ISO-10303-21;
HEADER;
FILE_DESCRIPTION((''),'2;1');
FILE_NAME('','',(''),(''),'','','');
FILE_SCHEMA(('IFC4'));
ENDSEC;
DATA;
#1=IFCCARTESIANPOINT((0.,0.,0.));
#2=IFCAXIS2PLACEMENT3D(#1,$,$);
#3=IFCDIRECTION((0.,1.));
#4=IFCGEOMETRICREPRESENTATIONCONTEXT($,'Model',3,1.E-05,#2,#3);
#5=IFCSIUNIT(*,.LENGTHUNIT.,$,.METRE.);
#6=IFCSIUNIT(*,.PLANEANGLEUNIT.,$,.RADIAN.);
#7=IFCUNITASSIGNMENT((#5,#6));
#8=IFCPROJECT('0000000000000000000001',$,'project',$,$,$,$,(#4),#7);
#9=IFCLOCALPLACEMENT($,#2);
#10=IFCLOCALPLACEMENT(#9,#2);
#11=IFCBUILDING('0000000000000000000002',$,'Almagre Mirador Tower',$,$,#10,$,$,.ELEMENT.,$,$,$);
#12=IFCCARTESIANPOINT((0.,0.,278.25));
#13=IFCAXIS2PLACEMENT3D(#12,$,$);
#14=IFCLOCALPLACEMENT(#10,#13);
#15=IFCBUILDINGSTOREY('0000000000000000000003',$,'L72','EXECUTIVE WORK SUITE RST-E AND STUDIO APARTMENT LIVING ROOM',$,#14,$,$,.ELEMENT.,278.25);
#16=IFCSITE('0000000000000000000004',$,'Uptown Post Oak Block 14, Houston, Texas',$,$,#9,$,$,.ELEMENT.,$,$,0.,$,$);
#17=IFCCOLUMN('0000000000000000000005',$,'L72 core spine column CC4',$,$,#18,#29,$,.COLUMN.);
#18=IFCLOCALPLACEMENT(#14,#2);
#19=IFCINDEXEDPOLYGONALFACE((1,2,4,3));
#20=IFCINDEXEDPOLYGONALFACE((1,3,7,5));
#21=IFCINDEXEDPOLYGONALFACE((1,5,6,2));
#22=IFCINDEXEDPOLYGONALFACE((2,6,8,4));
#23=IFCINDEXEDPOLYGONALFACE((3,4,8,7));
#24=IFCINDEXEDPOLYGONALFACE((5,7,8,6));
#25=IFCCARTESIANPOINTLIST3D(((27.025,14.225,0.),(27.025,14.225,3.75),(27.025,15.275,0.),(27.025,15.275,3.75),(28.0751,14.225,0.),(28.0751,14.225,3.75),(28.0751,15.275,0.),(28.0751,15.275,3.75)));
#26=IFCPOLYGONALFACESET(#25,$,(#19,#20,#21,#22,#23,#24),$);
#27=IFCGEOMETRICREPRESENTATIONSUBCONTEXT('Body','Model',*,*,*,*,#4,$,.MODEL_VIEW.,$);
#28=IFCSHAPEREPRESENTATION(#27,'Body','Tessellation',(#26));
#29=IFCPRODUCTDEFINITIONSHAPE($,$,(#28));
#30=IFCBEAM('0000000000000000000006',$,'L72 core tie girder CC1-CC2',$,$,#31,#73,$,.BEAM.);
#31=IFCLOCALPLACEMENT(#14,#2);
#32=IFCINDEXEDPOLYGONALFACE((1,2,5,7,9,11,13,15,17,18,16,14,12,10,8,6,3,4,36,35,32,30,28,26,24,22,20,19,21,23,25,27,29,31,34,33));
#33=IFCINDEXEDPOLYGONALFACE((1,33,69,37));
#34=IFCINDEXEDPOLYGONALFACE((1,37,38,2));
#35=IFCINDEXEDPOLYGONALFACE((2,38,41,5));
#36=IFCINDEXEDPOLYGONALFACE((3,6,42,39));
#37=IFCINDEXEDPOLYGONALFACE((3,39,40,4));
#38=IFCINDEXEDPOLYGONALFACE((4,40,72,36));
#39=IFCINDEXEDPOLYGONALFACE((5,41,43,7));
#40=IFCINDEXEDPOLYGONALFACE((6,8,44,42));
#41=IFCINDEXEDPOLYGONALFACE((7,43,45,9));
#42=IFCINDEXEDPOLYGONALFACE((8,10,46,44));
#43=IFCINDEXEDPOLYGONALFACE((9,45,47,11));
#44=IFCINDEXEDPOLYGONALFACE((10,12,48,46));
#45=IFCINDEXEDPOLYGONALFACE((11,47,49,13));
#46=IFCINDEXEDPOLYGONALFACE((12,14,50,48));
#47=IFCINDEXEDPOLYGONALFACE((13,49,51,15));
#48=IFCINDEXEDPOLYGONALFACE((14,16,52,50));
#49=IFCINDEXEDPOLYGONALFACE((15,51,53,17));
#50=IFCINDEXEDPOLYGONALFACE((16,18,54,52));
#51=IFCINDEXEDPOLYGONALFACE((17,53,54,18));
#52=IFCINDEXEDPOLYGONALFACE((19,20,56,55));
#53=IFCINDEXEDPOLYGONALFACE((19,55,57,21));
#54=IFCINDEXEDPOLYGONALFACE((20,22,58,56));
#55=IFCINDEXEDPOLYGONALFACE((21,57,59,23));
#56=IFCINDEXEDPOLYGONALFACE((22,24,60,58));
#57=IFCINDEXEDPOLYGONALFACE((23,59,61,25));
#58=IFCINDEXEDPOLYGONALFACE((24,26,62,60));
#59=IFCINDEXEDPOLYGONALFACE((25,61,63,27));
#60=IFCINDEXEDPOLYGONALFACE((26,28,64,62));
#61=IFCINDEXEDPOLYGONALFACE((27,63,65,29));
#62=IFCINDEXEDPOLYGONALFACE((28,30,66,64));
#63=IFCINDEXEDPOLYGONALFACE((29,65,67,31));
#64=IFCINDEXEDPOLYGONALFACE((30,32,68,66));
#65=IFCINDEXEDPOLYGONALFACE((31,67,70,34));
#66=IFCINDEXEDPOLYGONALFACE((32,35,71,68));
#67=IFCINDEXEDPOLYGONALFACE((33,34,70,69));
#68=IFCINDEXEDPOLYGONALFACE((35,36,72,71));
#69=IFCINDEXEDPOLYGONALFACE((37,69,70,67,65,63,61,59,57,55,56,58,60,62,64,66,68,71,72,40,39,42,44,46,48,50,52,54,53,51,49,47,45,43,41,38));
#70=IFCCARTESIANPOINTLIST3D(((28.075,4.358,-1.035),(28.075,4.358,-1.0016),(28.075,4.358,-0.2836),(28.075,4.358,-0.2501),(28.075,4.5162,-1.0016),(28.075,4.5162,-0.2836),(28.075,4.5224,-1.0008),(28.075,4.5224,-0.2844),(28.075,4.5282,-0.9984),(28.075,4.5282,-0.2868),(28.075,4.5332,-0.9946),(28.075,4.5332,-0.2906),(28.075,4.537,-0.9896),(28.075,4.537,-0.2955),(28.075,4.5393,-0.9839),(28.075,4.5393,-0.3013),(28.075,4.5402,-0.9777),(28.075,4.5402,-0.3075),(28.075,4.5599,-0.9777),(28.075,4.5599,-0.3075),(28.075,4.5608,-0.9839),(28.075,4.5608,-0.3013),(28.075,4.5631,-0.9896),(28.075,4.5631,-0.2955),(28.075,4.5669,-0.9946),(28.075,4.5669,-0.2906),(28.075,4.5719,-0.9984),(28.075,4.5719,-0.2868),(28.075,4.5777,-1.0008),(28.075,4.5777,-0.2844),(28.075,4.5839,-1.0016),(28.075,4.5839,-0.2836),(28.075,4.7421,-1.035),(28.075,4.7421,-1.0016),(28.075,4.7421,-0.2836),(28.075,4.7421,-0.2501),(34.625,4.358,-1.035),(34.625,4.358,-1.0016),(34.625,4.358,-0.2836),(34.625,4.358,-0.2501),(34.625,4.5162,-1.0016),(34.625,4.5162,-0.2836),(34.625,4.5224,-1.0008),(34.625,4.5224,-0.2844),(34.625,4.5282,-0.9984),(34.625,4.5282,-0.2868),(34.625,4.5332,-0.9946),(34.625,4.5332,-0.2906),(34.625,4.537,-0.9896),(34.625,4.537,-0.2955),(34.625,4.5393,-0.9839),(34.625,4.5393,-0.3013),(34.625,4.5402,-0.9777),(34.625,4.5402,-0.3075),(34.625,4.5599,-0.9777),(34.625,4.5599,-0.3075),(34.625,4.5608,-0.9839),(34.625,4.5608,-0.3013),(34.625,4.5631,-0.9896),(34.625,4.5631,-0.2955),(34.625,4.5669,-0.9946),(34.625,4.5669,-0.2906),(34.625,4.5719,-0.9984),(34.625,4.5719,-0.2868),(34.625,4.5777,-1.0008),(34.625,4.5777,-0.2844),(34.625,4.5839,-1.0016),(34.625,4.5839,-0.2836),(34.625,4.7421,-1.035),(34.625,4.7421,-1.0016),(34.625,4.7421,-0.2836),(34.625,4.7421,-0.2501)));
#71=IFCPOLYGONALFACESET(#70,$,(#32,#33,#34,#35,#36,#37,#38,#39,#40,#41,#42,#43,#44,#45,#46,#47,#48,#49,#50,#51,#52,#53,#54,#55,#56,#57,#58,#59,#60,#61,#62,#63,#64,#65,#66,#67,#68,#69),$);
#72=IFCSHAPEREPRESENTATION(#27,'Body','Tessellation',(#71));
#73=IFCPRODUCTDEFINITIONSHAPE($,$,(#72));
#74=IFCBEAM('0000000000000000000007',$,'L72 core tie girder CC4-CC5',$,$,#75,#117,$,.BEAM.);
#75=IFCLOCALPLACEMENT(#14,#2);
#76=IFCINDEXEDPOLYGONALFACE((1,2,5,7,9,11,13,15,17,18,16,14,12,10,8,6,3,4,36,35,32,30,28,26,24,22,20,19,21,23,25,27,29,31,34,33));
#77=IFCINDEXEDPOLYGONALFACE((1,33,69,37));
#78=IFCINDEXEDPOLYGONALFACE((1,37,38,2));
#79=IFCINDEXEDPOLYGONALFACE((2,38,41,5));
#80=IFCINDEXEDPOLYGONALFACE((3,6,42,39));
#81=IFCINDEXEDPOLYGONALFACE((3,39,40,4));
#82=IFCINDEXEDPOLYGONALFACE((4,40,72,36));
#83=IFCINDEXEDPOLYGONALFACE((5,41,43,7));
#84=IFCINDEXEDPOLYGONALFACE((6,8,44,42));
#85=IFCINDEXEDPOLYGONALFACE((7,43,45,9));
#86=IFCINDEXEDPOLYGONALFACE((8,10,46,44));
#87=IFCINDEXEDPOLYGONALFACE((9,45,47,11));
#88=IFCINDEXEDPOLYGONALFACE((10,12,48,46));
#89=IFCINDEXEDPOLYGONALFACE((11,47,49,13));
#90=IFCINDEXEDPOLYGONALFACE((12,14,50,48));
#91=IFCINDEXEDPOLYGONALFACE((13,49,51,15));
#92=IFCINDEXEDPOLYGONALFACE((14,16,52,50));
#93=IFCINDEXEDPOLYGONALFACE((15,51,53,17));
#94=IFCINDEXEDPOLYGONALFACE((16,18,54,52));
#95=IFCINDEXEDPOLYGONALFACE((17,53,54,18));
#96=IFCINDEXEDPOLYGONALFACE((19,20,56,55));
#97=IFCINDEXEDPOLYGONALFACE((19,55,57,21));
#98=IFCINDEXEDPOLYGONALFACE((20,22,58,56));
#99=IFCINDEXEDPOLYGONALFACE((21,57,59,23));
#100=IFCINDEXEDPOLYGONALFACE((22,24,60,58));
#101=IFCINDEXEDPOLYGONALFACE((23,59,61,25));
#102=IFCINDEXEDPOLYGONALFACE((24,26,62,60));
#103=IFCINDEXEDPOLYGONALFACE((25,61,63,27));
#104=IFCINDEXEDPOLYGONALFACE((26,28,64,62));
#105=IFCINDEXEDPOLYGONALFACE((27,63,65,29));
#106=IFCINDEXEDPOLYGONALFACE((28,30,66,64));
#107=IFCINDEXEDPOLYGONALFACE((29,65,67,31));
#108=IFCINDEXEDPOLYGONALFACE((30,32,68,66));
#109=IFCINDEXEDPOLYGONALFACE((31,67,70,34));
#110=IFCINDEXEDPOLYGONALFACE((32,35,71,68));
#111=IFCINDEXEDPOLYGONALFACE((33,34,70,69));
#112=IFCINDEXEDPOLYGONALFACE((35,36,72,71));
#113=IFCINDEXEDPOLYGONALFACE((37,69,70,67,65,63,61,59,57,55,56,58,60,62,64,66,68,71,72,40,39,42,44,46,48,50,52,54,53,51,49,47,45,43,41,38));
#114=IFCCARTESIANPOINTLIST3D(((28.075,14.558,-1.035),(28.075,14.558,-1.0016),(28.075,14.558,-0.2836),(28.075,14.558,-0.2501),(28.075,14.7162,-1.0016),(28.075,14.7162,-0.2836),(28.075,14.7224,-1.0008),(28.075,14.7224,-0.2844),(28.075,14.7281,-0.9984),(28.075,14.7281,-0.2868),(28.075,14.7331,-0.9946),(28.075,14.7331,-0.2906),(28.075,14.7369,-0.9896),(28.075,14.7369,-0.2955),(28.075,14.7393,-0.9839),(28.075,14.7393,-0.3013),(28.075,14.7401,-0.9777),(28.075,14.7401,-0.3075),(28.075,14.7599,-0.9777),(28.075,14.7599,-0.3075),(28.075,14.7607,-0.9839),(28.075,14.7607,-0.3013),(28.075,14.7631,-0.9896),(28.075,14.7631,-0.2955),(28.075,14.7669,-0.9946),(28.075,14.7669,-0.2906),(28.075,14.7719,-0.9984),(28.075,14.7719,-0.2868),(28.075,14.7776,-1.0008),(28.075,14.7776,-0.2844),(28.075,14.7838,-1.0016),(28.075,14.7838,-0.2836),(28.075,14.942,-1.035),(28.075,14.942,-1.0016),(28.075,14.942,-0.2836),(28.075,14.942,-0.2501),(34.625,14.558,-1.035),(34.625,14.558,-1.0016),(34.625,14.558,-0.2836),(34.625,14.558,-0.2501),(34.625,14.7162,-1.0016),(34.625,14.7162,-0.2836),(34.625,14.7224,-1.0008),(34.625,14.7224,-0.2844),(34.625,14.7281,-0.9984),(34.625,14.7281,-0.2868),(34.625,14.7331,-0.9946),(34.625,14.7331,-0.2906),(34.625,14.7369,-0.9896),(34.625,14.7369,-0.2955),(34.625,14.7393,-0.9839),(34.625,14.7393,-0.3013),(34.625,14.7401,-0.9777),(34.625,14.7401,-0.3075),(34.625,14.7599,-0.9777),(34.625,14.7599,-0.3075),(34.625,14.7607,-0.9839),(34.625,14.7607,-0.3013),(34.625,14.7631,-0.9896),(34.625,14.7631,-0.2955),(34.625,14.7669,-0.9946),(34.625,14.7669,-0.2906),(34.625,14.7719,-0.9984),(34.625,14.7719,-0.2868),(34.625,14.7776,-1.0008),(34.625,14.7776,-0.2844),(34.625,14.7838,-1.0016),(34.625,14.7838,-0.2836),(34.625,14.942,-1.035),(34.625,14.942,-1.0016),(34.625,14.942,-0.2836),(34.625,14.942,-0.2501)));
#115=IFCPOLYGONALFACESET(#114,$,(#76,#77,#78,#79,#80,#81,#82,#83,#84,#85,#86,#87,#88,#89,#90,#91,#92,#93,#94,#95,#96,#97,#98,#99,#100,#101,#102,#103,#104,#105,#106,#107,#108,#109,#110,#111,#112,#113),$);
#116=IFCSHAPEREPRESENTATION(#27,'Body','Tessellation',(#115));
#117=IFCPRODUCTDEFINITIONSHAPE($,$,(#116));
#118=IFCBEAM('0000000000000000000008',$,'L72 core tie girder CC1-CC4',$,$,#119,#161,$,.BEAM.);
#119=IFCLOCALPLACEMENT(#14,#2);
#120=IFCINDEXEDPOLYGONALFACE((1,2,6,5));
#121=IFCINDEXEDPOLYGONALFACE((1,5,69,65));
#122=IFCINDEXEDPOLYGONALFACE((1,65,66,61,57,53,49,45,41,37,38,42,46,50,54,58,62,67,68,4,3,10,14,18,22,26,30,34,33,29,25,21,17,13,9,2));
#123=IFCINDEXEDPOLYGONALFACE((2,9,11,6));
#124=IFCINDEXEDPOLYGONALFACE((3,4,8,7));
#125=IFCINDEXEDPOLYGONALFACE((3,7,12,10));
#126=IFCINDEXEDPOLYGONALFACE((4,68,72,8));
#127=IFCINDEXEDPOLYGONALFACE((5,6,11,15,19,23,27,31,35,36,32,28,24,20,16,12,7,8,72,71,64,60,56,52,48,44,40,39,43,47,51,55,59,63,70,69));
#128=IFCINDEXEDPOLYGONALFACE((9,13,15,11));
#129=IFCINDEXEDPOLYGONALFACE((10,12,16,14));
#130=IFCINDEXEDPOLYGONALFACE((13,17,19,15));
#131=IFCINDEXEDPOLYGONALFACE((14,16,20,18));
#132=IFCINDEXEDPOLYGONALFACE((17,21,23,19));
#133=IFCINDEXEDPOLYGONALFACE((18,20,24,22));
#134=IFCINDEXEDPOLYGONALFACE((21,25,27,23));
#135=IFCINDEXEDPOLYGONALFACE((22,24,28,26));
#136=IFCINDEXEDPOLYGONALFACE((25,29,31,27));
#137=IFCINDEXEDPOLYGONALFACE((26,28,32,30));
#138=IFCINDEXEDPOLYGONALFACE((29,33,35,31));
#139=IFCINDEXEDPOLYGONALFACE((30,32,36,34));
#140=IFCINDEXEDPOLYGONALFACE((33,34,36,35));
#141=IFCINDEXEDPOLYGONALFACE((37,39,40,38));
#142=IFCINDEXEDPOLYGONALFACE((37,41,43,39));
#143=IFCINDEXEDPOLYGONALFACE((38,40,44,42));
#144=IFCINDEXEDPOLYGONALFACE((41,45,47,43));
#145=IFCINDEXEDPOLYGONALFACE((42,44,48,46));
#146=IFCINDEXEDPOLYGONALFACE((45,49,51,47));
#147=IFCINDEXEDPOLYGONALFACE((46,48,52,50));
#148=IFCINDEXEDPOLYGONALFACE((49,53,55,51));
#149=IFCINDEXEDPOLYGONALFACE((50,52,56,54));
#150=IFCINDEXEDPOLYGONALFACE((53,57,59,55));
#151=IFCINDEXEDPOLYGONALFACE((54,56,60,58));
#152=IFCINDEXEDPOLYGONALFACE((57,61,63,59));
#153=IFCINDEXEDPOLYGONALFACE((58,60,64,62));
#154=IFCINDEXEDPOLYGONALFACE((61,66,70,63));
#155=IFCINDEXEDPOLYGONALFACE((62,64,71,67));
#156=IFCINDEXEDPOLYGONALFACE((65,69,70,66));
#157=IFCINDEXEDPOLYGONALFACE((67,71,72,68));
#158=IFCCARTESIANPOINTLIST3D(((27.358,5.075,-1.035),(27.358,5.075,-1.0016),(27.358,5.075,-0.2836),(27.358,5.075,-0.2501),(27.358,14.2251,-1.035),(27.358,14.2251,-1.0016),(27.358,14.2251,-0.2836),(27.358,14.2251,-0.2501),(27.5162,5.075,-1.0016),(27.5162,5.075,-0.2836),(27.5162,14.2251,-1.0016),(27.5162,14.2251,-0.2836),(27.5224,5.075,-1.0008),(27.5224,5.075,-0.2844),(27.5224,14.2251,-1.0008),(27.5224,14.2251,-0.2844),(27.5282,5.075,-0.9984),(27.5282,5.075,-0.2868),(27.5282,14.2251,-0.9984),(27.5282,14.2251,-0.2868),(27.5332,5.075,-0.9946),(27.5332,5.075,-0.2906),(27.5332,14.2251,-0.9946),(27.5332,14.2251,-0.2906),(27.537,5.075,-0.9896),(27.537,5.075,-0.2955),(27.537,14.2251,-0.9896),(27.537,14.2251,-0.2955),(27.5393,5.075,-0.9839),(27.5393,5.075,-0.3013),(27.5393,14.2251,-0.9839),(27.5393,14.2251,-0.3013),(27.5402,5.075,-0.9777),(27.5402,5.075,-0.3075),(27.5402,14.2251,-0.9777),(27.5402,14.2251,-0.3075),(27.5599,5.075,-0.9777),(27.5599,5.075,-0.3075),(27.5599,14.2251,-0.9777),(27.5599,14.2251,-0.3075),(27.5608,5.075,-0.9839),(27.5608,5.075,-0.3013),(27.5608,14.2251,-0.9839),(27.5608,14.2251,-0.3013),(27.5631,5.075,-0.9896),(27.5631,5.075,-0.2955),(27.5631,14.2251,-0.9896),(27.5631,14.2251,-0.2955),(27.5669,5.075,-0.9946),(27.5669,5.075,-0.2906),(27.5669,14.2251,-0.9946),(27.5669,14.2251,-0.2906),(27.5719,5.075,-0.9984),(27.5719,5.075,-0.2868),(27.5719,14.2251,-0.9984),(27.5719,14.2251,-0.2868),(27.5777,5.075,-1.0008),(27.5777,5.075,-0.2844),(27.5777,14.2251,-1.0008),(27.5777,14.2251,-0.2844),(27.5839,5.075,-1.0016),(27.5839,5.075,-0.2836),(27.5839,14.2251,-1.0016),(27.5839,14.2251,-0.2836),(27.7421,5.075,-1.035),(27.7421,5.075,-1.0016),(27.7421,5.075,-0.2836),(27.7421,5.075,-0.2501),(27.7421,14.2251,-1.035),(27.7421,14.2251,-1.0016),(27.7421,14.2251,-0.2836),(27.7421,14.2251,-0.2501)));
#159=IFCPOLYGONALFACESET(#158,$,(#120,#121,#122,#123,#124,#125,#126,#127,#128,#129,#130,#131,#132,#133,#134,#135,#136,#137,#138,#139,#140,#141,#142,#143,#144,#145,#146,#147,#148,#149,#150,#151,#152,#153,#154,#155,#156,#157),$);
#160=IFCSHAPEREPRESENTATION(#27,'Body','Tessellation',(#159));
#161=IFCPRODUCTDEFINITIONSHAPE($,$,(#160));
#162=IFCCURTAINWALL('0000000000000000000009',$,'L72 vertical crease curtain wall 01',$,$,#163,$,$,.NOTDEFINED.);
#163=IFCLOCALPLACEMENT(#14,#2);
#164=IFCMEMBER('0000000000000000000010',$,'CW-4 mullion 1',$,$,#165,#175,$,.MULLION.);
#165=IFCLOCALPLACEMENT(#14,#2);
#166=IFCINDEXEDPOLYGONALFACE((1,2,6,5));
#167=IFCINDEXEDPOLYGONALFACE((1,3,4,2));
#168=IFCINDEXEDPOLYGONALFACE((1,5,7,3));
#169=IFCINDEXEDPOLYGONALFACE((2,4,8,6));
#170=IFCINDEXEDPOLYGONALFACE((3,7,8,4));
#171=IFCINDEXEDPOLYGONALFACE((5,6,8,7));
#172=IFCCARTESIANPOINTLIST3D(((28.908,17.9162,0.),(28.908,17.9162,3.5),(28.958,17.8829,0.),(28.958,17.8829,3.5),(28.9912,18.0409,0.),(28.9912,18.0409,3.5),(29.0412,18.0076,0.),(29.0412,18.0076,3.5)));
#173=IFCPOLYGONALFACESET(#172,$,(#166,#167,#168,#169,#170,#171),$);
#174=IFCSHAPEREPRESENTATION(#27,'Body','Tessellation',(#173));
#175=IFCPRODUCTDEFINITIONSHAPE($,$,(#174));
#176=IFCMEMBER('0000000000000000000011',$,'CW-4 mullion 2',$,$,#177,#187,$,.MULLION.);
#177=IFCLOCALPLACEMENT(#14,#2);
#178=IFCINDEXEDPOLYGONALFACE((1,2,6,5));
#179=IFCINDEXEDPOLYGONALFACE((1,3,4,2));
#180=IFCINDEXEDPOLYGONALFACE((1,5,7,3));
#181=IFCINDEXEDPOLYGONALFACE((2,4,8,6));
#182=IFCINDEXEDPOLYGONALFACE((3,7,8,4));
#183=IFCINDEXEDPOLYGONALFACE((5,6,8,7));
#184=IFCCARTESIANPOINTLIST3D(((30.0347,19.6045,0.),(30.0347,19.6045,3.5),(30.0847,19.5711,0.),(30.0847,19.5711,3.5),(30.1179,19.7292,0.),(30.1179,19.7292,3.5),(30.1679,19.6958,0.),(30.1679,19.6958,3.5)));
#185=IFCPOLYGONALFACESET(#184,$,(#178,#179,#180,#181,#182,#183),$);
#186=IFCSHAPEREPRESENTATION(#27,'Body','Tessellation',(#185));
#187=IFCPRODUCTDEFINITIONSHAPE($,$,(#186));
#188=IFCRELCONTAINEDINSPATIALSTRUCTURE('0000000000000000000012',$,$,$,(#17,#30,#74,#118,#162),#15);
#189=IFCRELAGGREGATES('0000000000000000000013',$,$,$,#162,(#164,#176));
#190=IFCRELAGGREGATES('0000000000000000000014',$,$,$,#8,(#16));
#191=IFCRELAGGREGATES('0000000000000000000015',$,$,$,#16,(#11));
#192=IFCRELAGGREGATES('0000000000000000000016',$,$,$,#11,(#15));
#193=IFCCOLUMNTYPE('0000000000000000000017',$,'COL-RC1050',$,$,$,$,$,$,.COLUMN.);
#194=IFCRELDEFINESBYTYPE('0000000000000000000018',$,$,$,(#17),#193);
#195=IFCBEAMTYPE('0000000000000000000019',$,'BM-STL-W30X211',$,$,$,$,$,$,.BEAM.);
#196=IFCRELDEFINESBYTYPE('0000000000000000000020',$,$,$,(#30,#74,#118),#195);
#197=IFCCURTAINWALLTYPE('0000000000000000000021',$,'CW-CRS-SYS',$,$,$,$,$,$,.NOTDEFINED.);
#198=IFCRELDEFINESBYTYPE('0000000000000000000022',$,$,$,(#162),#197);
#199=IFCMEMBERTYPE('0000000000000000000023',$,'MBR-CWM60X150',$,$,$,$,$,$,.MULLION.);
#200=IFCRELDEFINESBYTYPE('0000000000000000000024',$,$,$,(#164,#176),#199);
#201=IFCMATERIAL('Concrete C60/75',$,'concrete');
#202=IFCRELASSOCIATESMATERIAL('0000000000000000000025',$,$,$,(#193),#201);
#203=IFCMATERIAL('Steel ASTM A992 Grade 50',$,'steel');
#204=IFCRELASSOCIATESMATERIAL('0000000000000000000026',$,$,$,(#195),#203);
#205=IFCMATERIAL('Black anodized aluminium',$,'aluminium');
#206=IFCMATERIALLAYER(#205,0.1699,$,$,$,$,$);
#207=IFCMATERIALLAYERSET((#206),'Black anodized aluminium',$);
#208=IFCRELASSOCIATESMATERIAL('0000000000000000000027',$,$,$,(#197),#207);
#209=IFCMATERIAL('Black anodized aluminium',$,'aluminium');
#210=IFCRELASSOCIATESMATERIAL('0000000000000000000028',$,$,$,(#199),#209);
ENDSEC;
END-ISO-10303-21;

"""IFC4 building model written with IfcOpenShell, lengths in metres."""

from ifc_helpers import new_model, si_unit, direction, frame, origin, origin_2d, place, context, subcontext, project, spatial, rectangle, i_section, extrude, material, layer, layer_set, material_profile, profile_set, type_object, element, aggregate, save


model = new_model("IFC4")

# Units and contexts
model_context = context("Model", 3, precision=1e-05, world=origin(), true_north=direction((0.0, 1.0)))
body_context = subcontext(model_context, "Body", "Model", "MODEL_VIEW")
ifc_project = project(units=[si_unit("LENGTHUNIT", "METRE"), si_unit("PLANEANGLEUNIT", "RADIAN")], contexts=[model_context])

# Site, building, storey
site_placement = place(None, origin())
site = spatial("IfcSite", under=ifc_project, at=site_placement, Name="Uptown Post Oak Block 14, Houston, Texas", CompositionType="ELEMENT", RefElevation=0.0)
building_placement = place(site_placement, origin())
building = spatial("IfcBuilding", under=site, at=building_placement, Name="Almagre Mirador Tower", CompositionType="ELEMENT")
storey_placement = place(building_placement, frame((0.0, 0.0, 278.25)))
storey = spatial("IfcBuildingStorey", under=building, at=storey_placement, Name="L72", Description="EXECUTIVE WORK SUITE RST-E AND STUDIO APARTMENT LIVING ROOM", CompositionType="ELEMENT", Elevation=278.25)

# Column
ifc_material_1 = material(Name="Concrete C60/75", Category="concrete")
ifc_material_profile_1 = material_profile(ifc_material_1, rectangle(XDim=1.05, YDim=1.05, at=origin_2d()), Name="RC1050X1050")
ifc_profile_set_1 = profile_set([ifc_material_profile_1], Name="Concrete C60/75")
column_type = type_object("IfcColumnType", Name="COL-RC1050", PredefinedType="COLUMN", material=ifc_profile_set_1)
column_placement = place(storey_placement, frame((27.55, 14.75, 0.0), z_axis=(0.0, 0.0, 1.0), x_axis=(1.0, 0.0, 0.0)))
element("IfcColumn", 1, at=column_placement, inside=storey, type_object=column_type, Name="L72 core spine column CC4", PredefinedType="COLUMN", context=body_context, shape_type="SweptSolid", body=[
    extrude(rectangle(XDim=1.05, YDim=1.05, at=origin_2d()), origin(), (0.0, 0.0, 1.0), 3.75),
])

# Beams
ifc_material_2 = material(Name="Steel ASTM A992 Grade 50", Category="steel")
ifc_material_profile_2 = material_profile(ifc_material_2, i_section(OverallWidth=0.384, OverallDepth=0.7849, WebThickness=0.0198, FlangeThickness=0.0334, FilletRadius=0.0239, at=origin_2d()), Name="W30X211")
ifc_profile_set_2 = profile_set([ifc_material_profile_2], Name="Steel ASTM A992 Grade 50")
beam_type = type_object("IfcBeamType", Name="BM-STL-W30X211", PredefinedType="BEAM", material=ifc_profile_set_2)
for number, where, z_axis, x_axis, name in (
    (2, (28.075, 4.55, -0.6426), (1.0, 0.0, 0.0), (0.0, 1.0, 0.0), "L72 core tie girder CC1-CC2"),
    (3, (28.075, 14.75, -0.6426), (1.0, 0.0, 0.0), (0.0, 1.0, 0.0), "L72 core tie girder CC4-CC5"),
):
    element("IfcBeam", number, at=place(storey_placement, frame(where, z_axis=z_axis, x_axis=x_axis)), inside=storey, type_object=beam_type, Name=name, PredefinedType="BEAM", context=body_context, shape_type="SweptSolid", body=[
        extrude(i_section(OverallWidth=0.384, OverallDepth=0.7849, WebThickness=0.0198, FlangeThickness=0.0334, FilletRadius=0.0239, at=origin_2d()), origin(), (0.0, 0.0, 1.0), 6.55),
    ])
beam_placement = place(storey_placement, frame((27.55, 5.075, -0.6426), z_axis=(0.0, 1.0, 0.0), x_axis=(-1.0, 0.0, 0.0)))
element("IfcBeam", 4, at=beam_placement, inside=storey, type_object=beam_type, Name="L72 core tie girder CC1-CC4", PredefinedType="BEAM", context=body_context, shape_type="SweptSolid", body=[
    extrude(i_section(OverallWidth=0.384, OverallDepth=0.7849, WebThickness=0.0198, FlangeThickness=0.0334, FilletRadius=0.0239, at=origin_2d()), origin(), (0.0, 0.0, 1.0), 9.1501),
])

# Curtain wall, members
ifc_material_3 = material(Name="Black anodized aluminium", Category="aluminium")
ifc_layer_1 = layer(ifc_material_3, 0.1699)
ifc_layer_set_1 = layer_set([ifc_layer_1], Name="Black anodized aluminium")
curtain_wall_type = type_object("IfcCurtainWallType", Name="CW-CRS-SYS", PredefinedType="NOTDEFINED", material=ifc_layer_set_1)
curtain_wall_placement = place(storey_placement, origin())
curtain_wall = element("IfcCurtainWall", 5, at=curtain_wall_placement, inside=storey, type_object=curtain_wall_type, Name="L72 vertical crease curtain wall 01", PredefinedType="NOTDEFINED")
ifc_material_4 = material(Name="Black anodized aluminium", Category="aluminium")
ifc_material_profile_3 = material_profile(ifc_material_4, rectangle(XDim=0.0601, YDim=0.1499, at=origin_2d()), Name="CWM60X150")
ifc_profile_set_3 = profile_set([ifc_material_profile_3], Name="Black anodized aluminium")
member_type_1 = type_object("IfcMemberType", Name="MBR-CWM60X150", PredefinedType="MULLION", material=ifc_profile_set_3)
member_1_placement = place(storey_placement, frame((28.9746, 17.9619, 0.0), z_axis=(0.0, 0.0, 1.0), x_axis=(-0.831756, 0.555142, 0.0)))
member_1 = element("IfcMember", 6, at=member_1_placement, type_object=member_type_1, Name="CW-4 mullion 1", PredefinedType="MULLION", context=body_context, shape_type="SweptSolid", body=[
    extrude(rectangle(XDim=0.0601, YDim=0.1499, at=origin_2d()), origin(), (0.0, 0.0, 1.0), 3.5),
])
member_2_placement = place(storey_placement, frame((30.1013, 19.6501, 0.0), z_axis=(0.0, 0.0, 1.0), x_axis=(-0.831756, 0.555142, 0.0)))
member_2 = element("IfcMember", 7, at=member_2_placement, type_object=member_type_1, Name="CW-4 mullion 2", PredefinedType="MULLION", context=body_context, shape_type="SweptSolid", body=[
    extrude(rectangle(XDim=0.0601, YDim=0.1499, at=origin_2d()), origin(), (0.0, 0.0, 1.0), 3.5),
])
aggregate(curtain_wall, [member_1, member_2])

save(model, "model.ifc")
